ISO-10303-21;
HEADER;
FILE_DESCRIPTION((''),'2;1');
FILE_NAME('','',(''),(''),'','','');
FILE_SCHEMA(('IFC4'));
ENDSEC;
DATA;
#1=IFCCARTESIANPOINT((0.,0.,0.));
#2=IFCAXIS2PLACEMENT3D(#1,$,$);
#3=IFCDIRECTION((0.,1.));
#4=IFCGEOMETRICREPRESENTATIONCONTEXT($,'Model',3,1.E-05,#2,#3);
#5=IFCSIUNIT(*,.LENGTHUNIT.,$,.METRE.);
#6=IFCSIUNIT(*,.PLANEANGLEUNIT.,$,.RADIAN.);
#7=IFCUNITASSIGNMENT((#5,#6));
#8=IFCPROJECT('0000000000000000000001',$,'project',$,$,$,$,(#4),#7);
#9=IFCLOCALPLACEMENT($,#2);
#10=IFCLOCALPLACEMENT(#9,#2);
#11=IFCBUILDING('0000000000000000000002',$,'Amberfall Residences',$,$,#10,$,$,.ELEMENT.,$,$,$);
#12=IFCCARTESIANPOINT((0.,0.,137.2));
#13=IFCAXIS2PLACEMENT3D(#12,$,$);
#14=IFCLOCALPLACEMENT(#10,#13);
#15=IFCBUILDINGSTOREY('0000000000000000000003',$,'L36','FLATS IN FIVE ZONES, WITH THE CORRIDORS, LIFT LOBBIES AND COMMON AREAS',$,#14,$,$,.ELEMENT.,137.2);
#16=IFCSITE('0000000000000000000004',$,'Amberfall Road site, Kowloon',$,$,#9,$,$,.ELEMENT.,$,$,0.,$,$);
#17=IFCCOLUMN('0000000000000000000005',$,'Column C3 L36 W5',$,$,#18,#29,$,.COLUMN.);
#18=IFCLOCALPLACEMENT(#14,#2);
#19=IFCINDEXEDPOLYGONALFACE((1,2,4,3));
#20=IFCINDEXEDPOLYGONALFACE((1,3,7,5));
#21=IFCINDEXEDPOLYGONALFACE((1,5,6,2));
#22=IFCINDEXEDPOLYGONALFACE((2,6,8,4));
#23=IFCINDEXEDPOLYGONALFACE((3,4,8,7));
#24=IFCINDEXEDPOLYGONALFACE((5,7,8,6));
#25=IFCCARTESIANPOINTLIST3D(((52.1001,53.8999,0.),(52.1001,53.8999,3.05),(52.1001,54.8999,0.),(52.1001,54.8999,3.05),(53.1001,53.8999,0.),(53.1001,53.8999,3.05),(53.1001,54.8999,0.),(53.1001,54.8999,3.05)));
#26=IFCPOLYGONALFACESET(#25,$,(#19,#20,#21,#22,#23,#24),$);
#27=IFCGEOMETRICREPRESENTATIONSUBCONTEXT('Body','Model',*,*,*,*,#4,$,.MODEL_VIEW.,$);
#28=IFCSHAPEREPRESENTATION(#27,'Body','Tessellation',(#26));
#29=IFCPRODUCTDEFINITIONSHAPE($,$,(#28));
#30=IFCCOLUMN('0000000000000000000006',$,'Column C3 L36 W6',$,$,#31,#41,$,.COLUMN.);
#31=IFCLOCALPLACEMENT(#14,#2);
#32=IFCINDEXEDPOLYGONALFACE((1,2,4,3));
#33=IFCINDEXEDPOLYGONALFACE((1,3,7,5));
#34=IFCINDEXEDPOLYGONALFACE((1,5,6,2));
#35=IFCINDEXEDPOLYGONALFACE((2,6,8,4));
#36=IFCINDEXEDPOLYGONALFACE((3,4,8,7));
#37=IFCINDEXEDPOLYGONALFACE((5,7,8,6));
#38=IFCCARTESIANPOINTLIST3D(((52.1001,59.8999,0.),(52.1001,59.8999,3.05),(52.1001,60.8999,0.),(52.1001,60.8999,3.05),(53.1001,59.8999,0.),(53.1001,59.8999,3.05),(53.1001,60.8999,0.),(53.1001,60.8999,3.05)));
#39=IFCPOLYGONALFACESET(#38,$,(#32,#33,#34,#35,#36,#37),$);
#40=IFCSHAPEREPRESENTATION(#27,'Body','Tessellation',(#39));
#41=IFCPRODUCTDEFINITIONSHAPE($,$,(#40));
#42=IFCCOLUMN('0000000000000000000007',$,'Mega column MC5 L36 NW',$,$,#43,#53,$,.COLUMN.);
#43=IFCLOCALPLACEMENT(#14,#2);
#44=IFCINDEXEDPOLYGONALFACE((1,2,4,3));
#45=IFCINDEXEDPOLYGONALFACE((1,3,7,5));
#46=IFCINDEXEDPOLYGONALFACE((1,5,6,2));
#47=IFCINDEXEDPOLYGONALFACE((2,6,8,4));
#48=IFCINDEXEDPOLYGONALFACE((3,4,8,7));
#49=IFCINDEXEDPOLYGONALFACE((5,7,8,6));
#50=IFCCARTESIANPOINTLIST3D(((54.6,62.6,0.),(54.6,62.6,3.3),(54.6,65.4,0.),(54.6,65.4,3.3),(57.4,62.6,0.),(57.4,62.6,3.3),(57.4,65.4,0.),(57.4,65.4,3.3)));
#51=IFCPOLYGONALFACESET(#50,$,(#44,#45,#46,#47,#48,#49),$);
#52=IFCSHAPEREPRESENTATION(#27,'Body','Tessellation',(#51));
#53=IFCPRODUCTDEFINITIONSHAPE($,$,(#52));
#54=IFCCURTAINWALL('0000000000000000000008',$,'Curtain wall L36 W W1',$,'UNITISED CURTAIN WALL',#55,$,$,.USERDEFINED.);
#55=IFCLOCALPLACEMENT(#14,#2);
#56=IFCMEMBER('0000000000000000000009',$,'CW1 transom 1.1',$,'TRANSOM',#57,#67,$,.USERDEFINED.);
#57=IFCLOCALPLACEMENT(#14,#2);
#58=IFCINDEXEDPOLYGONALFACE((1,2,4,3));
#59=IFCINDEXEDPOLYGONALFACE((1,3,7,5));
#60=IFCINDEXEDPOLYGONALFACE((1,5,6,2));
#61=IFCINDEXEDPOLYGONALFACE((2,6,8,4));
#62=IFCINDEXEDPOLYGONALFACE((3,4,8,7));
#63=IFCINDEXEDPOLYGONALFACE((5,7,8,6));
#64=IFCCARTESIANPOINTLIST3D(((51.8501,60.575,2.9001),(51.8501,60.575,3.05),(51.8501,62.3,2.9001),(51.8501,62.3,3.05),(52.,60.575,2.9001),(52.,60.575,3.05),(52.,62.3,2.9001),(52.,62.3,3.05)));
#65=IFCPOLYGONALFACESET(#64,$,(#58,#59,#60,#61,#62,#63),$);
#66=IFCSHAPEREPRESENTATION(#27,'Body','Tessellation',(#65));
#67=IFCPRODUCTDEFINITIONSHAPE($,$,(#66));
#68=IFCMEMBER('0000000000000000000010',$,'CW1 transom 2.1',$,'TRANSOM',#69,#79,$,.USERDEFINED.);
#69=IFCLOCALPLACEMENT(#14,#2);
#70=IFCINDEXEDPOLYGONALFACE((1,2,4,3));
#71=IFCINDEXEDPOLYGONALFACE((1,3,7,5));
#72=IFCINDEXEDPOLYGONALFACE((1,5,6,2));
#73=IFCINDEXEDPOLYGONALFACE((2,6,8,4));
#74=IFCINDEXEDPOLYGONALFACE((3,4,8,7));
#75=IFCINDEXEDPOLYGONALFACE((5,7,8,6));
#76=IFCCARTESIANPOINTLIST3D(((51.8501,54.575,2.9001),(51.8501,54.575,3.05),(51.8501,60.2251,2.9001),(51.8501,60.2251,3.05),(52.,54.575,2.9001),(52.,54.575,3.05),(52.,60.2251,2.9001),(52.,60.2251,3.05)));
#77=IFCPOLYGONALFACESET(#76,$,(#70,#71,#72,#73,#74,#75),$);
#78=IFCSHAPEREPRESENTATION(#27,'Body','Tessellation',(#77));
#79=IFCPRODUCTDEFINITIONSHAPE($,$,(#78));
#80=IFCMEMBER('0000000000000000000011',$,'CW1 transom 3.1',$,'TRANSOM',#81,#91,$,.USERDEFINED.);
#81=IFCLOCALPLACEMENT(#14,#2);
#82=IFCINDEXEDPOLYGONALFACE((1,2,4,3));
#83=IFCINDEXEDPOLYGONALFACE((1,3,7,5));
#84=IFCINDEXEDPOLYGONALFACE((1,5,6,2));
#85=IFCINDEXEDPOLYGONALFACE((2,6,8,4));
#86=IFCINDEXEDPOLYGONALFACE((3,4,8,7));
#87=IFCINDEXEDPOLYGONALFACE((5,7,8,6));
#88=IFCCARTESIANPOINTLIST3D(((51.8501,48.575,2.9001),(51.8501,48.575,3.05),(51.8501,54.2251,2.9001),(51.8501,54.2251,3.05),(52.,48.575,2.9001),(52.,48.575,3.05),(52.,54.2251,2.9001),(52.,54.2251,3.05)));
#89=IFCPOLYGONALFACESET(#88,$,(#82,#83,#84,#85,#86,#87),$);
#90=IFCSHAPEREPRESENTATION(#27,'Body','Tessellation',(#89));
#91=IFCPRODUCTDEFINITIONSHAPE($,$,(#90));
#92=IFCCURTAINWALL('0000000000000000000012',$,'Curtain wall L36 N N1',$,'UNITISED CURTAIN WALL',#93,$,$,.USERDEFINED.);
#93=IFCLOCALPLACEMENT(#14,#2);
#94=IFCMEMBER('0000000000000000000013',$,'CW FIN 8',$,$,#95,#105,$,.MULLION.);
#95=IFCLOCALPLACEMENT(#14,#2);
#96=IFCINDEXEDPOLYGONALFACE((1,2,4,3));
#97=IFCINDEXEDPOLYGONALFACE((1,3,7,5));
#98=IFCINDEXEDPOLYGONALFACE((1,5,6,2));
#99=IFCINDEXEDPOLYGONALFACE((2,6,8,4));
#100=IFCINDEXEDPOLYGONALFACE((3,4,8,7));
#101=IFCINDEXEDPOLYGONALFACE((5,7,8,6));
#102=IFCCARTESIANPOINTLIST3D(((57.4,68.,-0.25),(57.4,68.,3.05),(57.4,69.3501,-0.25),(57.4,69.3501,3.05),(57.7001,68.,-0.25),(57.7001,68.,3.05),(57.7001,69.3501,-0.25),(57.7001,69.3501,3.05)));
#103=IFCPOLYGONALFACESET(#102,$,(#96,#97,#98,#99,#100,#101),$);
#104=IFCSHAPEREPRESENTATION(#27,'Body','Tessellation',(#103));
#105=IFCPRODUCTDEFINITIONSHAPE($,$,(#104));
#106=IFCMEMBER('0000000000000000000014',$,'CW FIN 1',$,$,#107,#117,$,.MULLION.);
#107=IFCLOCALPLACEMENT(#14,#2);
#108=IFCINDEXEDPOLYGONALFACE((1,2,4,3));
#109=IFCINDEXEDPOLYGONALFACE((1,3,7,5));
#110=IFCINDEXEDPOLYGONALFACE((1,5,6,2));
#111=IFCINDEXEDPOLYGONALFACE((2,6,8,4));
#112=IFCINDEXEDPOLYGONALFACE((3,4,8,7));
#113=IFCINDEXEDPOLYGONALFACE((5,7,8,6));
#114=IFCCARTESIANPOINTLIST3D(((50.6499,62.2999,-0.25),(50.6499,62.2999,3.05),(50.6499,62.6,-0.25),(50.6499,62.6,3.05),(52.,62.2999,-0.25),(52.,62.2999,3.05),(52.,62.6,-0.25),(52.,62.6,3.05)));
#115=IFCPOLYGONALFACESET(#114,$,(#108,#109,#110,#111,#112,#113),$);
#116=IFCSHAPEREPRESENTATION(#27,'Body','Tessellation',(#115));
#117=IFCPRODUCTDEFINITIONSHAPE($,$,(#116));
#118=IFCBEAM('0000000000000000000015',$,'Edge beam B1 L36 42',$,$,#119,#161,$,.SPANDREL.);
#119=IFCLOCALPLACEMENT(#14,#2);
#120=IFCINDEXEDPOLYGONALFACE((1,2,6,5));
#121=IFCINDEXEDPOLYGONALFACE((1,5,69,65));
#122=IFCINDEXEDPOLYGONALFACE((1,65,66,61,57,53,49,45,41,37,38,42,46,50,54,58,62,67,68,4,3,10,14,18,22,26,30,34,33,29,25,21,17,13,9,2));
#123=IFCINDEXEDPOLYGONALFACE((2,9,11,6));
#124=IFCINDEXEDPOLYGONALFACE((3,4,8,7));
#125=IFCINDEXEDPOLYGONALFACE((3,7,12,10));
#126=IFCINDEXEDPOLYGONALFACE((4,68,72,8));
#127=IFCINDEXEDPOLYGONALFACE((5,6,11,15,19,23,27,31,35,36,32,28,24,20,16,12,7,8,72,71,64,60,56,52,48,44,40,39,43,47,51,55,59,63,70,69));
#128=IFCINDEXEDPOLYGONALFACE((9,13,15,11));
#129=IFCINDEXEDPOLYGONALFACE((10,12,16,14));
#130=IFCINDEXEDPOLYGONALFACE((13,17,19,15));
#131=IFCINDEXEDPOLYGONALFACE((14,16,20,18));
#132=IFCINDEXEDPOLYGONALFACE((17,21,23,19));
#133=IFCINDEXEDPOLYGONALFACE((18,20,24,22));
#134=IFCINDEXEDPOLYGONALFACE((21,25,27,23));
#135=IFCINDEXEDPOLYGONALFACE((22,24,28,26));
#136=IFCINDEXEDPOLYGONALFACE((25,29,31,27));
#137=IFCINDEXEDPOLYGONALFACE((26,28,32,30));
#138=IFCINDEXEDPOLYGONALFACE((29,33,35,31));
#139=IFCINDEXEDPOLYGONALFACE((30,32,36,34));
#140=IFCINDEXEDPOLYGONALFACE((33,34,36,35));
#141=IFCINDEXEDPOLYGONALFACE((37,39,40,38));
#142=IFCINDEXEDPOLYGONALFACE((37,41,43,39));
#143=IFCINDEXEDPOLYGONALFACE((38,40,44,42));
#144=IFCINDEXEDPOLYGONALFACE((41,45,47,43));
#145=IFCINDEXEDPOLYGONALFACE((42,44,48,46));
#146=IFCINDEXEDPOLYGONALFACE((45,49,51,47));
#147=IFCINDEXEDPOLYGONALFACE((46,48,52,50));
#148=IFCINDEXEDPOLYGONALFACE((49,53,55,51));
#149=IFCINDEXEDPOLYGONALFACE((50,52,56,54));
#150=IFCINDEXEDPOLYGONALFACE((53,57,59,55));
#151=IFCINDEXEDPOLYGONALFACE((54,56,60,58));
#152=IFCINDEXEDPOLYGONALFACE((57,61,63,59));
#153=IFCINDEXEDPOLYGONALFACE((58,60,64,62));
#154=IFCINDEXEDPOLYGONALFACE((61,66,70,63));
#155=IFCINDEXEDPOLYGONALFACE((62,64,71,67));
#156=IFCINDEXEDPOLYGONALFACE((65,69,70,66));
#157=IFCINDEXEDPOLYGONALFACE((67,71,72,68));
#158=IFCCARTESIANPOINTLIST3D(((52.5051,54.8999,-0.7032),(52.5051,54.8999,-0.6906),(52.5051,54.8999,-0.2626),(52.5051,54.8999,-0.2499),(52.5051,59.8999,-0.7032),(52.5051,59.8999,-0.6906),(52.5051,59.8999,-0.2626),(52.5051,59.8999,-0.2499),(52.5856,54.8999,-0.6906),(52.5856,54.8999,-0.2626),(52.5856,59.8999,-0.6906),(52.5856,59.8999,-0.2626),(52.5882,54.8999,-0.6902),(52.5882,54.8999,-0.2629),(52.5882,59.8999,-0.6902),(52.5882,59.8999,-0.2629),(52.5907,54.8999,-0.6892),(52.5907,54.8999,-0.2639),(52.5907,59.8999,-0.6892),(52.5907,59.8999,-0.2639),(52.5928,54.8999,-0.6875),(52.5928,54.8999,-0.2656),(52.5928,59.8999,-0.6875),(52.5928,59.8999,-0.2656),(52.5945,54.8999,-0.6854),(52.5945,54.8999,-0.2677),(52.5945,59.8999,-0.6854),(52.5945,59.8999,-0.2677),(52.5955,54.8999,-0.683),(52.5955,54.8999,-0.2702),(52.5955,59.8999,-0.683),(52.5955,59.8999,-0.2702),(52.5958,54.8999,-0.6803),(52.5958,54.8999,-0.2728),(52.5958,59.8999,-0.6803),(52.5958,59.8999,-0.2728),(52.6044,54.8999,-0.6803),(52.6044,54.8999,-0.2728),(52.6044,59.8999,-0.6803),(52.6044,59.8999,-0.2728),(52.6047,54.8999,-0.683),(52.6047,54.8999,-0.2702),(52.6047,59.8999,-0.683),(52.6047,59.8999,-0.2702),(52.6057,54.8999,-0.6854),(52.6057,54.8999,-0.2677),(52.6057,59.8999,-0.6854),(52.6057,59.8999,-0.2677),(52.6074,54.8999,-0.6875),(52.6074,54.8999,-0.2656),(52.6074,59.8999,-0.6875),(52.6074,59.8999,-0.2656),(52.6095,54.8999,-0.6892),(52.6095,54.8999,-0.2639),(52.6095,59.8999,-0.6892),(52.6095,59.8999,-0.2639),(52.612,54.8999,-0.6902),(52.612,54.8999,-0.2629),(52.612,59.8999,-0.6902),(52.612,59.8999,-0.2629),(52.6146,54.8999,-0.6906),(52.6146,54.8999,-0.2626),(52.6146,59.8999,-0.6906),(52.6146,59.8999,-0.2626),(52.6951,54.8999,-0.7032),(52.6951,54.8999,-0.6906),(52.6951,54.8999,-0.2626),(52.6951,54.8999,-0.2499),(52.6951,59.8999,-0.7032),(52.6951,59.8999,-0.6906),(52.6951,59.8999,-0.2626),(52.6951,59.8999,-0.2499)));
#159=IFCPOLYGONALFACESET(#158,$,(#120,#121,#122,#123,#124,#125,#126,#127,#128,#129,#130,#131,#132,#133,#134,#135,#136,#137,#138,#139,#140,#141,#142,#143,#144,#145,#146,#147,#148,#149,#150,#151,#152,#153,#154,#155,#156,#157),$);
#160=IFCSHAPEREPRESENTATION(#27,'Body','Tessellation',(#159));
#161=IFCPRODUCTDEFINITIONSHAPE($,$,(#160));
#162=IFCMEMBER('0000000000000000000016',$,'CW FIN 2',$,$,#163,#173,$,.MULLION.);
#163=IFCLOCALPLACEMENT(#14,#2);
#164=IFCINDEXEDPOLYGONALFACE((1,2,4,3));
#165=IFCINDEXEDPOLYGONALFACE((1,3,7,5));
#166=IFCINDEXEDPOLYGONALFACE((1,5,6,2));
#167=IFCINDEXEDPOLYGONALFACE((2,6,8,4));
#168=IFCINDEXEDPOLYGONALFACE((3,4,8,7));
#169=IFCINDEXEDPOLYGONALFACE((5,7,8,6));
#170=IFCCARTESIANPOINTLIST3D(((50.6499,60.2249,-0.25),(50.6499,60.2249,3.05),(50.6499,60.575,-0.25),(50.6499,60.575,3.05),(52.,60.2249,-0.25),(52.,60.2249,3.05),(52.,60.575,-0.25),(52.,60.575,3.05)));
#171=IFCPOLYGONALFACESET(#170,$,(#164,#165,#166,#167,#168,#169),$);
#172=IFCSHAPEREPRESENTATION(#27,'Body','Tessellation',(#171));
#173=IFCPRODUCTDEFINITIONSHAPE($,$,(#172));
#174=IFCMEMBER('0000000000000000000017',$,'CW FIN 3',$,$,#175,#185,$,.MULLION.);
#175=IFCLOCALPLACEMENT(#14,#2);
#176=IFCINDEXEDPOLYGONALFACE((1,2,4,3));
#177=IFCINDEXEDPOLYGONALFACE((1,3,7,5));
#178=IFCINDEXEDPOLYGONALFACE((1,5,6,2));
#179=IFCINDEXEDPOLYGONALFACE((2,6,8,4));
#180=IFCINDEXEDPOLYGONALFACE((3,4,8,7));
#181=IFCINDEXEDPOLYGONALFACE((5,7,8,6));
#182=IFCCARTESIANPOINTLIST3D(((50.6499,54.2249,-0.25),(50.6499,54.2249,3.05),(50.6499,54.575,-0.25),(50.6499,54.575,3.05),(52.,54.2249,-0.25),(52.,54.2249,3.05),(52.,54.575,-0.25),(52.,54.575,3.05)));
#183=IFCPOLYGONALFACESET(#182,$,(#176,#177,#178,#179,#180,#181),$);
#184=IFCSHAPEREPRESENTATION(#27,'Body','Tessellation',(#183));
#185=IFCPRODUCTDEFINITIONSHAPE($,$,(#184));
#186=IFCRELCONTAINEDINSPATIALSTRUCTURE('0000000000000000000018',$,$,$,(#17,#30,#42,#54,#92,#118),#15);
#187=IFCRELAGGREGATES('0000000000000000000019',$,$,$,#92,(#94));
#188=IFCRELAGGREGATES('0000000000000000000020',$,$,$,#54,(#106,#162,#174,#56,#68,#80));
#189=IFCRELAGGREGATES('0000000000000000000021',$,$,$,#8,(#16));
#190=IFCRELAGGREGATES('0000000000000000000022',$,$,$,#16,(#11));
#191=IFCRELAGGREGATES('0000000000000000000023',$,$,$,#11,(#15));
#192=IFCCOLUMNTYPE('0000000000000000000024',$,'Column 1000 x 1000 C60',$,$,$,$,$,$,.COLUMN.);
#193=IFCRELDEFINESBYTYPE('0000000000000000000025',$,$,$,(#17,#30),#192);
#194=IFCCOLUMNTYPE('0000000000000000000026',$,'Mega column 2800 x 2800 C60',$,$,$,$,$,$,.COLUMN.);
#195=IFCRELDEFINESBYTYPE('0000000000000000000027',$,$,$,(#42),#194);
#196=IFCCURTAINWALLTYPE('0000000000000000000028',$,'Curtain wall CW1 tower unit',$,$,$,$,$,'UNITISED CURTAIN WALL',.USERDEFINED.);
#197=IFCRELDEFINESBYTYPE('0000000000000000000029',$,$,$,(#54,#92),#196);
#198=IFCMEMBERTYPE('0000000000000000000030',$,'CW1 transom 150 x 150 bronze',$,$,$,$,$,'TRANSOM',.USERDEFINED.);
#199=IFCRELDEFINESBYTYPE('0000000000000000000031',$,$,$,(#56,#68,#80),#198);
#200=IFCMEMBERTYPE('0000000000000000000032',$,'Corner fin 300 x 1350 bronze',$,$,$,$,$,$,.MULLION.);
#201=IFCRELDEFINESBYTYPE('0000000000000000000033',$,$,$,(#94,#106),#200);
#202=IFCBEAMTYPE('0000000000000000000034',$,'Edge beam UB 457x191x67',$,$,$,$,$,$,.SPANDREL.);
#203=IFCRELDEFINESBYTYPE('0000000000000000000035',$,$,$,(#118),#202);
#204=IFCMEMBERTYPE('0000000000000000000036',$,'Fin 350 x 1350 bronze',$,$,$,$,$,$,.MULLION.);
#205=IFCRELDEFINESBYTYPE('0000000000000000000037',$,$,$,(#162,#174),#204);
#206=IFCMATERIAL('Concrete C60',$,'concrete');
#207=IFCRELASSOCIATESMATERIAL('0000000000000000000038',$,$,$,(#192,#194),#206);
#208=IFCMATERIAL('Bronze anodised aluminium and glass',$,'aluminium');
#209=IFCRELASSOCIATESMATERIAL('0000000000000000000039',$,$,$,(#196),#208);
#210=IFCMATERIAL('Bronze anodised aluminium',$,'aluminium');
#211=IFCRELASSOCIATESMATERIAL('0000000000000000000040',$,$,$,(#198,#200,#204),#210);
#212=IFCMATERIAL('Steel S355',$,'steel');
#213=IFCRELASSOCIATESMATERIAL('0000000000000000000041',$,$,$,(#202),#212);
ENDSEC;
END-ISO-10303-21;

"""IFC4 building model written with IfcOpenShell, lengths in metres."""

from ifc_helpers import new_model, si_unit, direction, frame, origin, origin_2d, place, context, subcontext, project, spatial, rectangle, i_section, extrude, material, material_profile, profile_set, type_object, element, aggregate, save


model = new_model("IFC4")

# Units and contexts
model_context = context("Model", 3, precision=1e-05, world=origin(), true_north=direction((0.0, 1.0)))
body_context = subcontext(model_context, "Body", "Model", "MODEL_VIEW")
ifc_project = project(units=[si_unit("LENGTHUNIT", "METRE"), si_unit("PLANEANGLEUNIT", "RADIAN")], contexts=[model_context])

# Site, building, storey
site_placement = place(None, origin())
site = spatial("IfcSite", under=ifc_project, at=site_placement, Name="Amberfall Road site, Kowloon", CompositionType="ELEMENT", RefElevation=0.0)
building_placement = place(site_placement, origin())
building = spatial("IfcBuilding", under=site, at=building_placement, Name="Amberfall Residences", CompositionType="ELEMENT")
storey_placement = place(building_placement, frame((0.0, 0.0, 137.2)))
storey = spatial("IfcBuildingStorey", under=building, at=storey_placement, Name="L36", Description="FLATS IN FIVE ZONES, WITH THE CORRIDORS, LIFT LOBBIES AND COMMON AREAS", CompositionType="ELEMENT", Elevation=137.2)

# Columns
ifc_material_1 = material(Name="Concrete C60", Category="concrete")
ifc_material_profile_1 = material_profile(ifc_material_1, rectangle(XDim=1.0, YDim=1.0, at=origin_2d()), Name="Column 1000 x 1000 C60")
ifc_profile_set_1 = profile_set([ifc_material_profile_1], Name="Concrete C60")
column_type_1 = type_object("IfcColumnType", Name="Column 1000 x 1000 C60", PredefinedType="COLUMN", material=ifc_profile_set_1)
for number, where, z_axis, x_axis, name in (
    (1, (52.6001, 54.3999, 0.0), (0.0, 0.0, 1.0), (1.0, 0.0, 0.0), "Column C3 L36 W5"),
    (2, (52.6001, 60.3999, 0.0), (0.0, 0.0, 1.0), (1.0, 0.0, 0.0), "Column C3 L36 W6"),
):
    element("IfcColumn", number, at=place(storey_placement, frame(where, z_axis=z_axis, x_axis=x_axis)), inside=storey, type_object=column_type_1, Name=name, PredefinedType="COLUMN", context=body_context, shape_type="SweptSolid", body=[
        extrude(rectangle(XDim=1.0, YDim=1.0, at=origin_2d()), origin(), (0.0, 0.0, 1.0), 3.05),
    ])
ifc_material_profile_2 = material_profile(ifc_material_1, rectangle(XDim=2.8, YDim=2.8, at=origin_2d()), Name="Mega column 2800 x 2800 C60")
ifc_profile_set_2 = profile_set([ifc_material_profile_2], Name="Concrete C60")
column_type_2 = type_object("IfcColumnType", Name="Mega column 2800 x 2800 C60", PredefinedType="COLUMN", material=ifc_profile_set_2)
column_placement = place(storey_placement, frame((56.0, 64.0, 0.0), z_axis=(0.0, 0.0, 1.0), x_axis=(1.0, 0.0, 0.0)))
element("IfcColumn", 3, at=column_placement, inside=storey, type_object=column_type_2, Name="Mega column MC5 L36 NW", PredefinedType="COLUMN", context=body_context, shape_type="SweptSolid", body=[
    extrude(rectangle(XDim=2.8, YDim=2.8, at=origin_2d()), origin(), (0.0, 0.0, 1.0), 3.3),
])

# Curtain wall, members
ifc_material_2 = material(Name="Bronze anodised aluminium and glass", Category="aluminium")
curtain_wall_type = type_object("IfcCurtainWallType", Name="Curtain wall CW1 tower unit", ElementType="UNITISED CURTAIN WALL", PredefinedType="USERDEFINED", material=ifc_material_2)
curtain_wall_1_placement = place(storey_placement, origin())
curtain_wall_1 = element("IfcCurtainWall", 4, at=curtain_wall_1_placement, inside=storey, type_object=curtain_wall_type, Name="Curtain wall L36 W W1", ObjectType="UNITISED CURTAIN WALL", PredefinedType="USERDEFINED")
ifc_material_3 = material(Name="Bronze anodised aluminium", Category="aluminium")
ifc_material_profile_3 = material_profile(ifc_material_3, rectangle(XDim=0.1499, YDim=0.1499, at=origin_2d()), Name="CW1 transom 150 x 150 bronze")
ifc_profile_set_3 = profile_set([ifc_material_profile_3], Name="Bronze anodised aluminium")
member_type_1 = type_object("IfcMemberType", Name="CW1 transom 150 x 150 bronze", ElementType="TRANSOM", PredefinedType="USERDEFINED", material=ifc_profile_set_3)
member_1_placement = place(storey_placement, frame((51.925, 62.3, 2.9751), z_axis=(0.0, -1.0, 0.0), x_axis=(1.0, 0.0, 0.0)))
member_1 = element("IfcMember", 5, at=member_1_placement, type_object=member_type_1, Name="CW1 transom 1.1", ObjectType="TRANSOM", PredefinedType="USERDEFINED", context=body_context, shape_type="SweptSolid", body=[
    extrude(rectangle(XDim=0.1499, YDim=0.1499, at=origin_2d()), origin(), (0.0, 0.0, 1.0), 1.7251),
])
member_2_placement = place(storey_placement, frame((51.925, 60.2251, 2.9751), z_axis=(0.0, -1.0, 0.0), x_axis=(1.0, 0.0, 0.0)))
member_2 = element("IfcMember", 6, at=member_2_placement, type_object=member_type_1, Name="CW1 transom 2.1", ObjectType="TRANSOM", PredefinedType="USERDEFINED", context=body_context, shape_type="SweptSolid", body=[
    extrude(rectangle(XDim=0.1499, YDim=0.1499, at=origin_2d()), origin(), (0.0, 0.0, 1.0), 5.6501),
])
member_3_placement = place(storey_placement, frame((51.925, 54.2251, 2.9751), z_axis=(0.0, -1.0, 0.0), x_axis=(1.0, 0.0, 0.0)))
member_3 = element("IfcMember", 7, at=member_3_placement, type_object=member_type_1, Name="CW1 transom 3.1", ObjectType="TRANSOM", PredefinedType="USERDEFINED", context=body_context, shape_type="SweptSolid", body=[
    extrude(rectangle(XDim=0.1499, YDim=0.1499, at=origin_2d()), origin(), (0.0, 0.0, 1.0), 5.6501),
])

# Curtain wall, member
curtain_wall_2_placement = place(storey_placement, origin())
curtain_wall_2 = element("IfcCurtainWall", 8, at=curtain_wall_2_placement, inside=storey, type_object=curtain_wall_type, Name="Curtain wall L36 N N1", ObjectType="UNITISED CURTAIN WALL", PredefinedType="USERDEFINED")
ifc_material_profile_4 = material_profile(ifc_material_3, rectangle(XDim=1.3501, YDim=0.3, at=origin_2d()), Name="Corner fin 300 x 1350 bronze")
ifc_profile_set_4 = profile_set([ifc_material_profile_4], Name="Bronze anodised aluminium")
member_type_2 = type_object("IfcMemberType", Name="Corner fin 300 x 1350 bronze", PredefinedType="MULLION", material=ifc_profile_set_4)
member_4_placement = place(storey_placement, frame((57.55, 68.675, -0.25), z_axis=(0.0, 0.0, 1.0), x_axis=(0.0, -1.0, 0.0)))
member_4 = element("IfcMember", 9, at=member_4_placement, type_object=member_type_2, Name="CW FIN 8", PredefinedType="MULLION", context=body_context, shape_type="SweptSolid", body=[
    extrude(rectangle(XDim=1.3501, YDim=0.3, at=origin_2d()), origin(), (0.0, 0.0, 1.0), 3.3),
])

# Member
member_5_placement = place(storey_placement, frame((51.325, 62.45, -0.25), z_axis=(0.0, 0.0, 1.0), x_axis=(1.0, 0.0, 0.0)))
member_5 = element("IfcMember", 10, at=member_5_placement, type_object=member_type_2, Name="CW FIN 1", PredefinedType="MULLION", context=body_context, shape_type="SweptSolid", body=[
    extrude(rectangle(XDim=1.3501, YDim=0.3, at=origin_2d()), origin(), (0.0, 0.0, 1.0), 3.3),
])

# Beam
ifc_material_4 = material(Name="Steel S355", Category="steel")
ifc_material_profile_5 = material_profile(ifc_material_4, i_section(OverallWidth=0.1899, OverallDepth=0.4534, WebThickness=0.0085, FlangeThickness=0.0127, FilletRadius=0.0103, at=origin_2d()), Name="UB 457x191x67")
ifc_profile_set_5 = profile_set([ifc_material_profile_5], Name="Steel S355")
beam_type_1 = type_object("IfcBeamType", Name="Edge beam UB 457x191x67", PredefinedType="SPANDREL", material=ifc_profile_set_5)
beam_1_placement = place(storey_placement, frame((52.6001, 54.8999, -0.4766), z_axis=(0.0, 1.0, 0.0), x_axis=(-1.0, 0.0, 0.0)))
element("IfcBeam", 11, at=beam_1_placement, inside=storey, type_object=beam_type_1, Name="Edge beam B1 L36 42", PredefinedType="SPANDREL", context=body_context, shape_type="SweptSolid", body=[
    extrude(i_section(OverallWidth=0.1899, OverallDepth=0.4534, WebThickness=0.0085, FlangeThickness=0.0127, FilletRadius=0.0103, at=origin_2d()), origin(), (0.0, 0.0, 1.0), 5.0),
])

# Members
ifc_material_profile_6 = material_profile(ifc_material_3, rectangle(XDim=1.3501, YDim=0.3501, at=origin_2d()), Name="Fin 350 x 1350 bronze")
ifc_profile_set_6 = profile_set([ifc_material_profile_6], Name="Bronze anodised aluminium")
member_type_3 = type_object("IfcMemberType", Name="Fin 350 x 1350 bronze", PredefinedType="MULLION", material=ifc_profile_set_6)
member_6_placement = place(storey_placement, frame((51.325, 60.3999, -0.25), z_axis=(0.0, 0.0, 1.0), x_axis=(1.0, 0.0, 0.0)))
member_6 = element("IfcMember", 12, at=member_6_placement, type_object=member_type_3, Name="CW FIN 2", PredefinedType="MULLION", context=body_context, shape_type="SweptSolid", body=[
    extrude(rectangle(XDim=1.3501, YDim=0.3501, at=origin_2d()), origin(), (0.0, 0.0, 1.0), 3.3),
])
member_7_placement = place(storey_placement, frame((51.325, 54.3999, -0.25), z_axis=(0.0, 0.0, 1.0), x_axis=(1.0, 0.0, 0.0)))
member_7 = element("IfcMember", 13, at=member_7_placement, type_object=member_type_3, Name="CW FIN 3", PredefinedType="MULLION", context=body_context, shape_type="SweptSolid", body=[
    extrude(rectangle(XDim=1.3501, YDim=0.3501, at=origin_2d()), origin(), (0.0, 0.0, 1.0), 3.3),
])

aggregate(curtain_wall_2, [member_4])
aggregate(curtain_wall_1, [member_5, member_6, member_7, member_1, member_2, member_3])

save(model, "model.ifc")
